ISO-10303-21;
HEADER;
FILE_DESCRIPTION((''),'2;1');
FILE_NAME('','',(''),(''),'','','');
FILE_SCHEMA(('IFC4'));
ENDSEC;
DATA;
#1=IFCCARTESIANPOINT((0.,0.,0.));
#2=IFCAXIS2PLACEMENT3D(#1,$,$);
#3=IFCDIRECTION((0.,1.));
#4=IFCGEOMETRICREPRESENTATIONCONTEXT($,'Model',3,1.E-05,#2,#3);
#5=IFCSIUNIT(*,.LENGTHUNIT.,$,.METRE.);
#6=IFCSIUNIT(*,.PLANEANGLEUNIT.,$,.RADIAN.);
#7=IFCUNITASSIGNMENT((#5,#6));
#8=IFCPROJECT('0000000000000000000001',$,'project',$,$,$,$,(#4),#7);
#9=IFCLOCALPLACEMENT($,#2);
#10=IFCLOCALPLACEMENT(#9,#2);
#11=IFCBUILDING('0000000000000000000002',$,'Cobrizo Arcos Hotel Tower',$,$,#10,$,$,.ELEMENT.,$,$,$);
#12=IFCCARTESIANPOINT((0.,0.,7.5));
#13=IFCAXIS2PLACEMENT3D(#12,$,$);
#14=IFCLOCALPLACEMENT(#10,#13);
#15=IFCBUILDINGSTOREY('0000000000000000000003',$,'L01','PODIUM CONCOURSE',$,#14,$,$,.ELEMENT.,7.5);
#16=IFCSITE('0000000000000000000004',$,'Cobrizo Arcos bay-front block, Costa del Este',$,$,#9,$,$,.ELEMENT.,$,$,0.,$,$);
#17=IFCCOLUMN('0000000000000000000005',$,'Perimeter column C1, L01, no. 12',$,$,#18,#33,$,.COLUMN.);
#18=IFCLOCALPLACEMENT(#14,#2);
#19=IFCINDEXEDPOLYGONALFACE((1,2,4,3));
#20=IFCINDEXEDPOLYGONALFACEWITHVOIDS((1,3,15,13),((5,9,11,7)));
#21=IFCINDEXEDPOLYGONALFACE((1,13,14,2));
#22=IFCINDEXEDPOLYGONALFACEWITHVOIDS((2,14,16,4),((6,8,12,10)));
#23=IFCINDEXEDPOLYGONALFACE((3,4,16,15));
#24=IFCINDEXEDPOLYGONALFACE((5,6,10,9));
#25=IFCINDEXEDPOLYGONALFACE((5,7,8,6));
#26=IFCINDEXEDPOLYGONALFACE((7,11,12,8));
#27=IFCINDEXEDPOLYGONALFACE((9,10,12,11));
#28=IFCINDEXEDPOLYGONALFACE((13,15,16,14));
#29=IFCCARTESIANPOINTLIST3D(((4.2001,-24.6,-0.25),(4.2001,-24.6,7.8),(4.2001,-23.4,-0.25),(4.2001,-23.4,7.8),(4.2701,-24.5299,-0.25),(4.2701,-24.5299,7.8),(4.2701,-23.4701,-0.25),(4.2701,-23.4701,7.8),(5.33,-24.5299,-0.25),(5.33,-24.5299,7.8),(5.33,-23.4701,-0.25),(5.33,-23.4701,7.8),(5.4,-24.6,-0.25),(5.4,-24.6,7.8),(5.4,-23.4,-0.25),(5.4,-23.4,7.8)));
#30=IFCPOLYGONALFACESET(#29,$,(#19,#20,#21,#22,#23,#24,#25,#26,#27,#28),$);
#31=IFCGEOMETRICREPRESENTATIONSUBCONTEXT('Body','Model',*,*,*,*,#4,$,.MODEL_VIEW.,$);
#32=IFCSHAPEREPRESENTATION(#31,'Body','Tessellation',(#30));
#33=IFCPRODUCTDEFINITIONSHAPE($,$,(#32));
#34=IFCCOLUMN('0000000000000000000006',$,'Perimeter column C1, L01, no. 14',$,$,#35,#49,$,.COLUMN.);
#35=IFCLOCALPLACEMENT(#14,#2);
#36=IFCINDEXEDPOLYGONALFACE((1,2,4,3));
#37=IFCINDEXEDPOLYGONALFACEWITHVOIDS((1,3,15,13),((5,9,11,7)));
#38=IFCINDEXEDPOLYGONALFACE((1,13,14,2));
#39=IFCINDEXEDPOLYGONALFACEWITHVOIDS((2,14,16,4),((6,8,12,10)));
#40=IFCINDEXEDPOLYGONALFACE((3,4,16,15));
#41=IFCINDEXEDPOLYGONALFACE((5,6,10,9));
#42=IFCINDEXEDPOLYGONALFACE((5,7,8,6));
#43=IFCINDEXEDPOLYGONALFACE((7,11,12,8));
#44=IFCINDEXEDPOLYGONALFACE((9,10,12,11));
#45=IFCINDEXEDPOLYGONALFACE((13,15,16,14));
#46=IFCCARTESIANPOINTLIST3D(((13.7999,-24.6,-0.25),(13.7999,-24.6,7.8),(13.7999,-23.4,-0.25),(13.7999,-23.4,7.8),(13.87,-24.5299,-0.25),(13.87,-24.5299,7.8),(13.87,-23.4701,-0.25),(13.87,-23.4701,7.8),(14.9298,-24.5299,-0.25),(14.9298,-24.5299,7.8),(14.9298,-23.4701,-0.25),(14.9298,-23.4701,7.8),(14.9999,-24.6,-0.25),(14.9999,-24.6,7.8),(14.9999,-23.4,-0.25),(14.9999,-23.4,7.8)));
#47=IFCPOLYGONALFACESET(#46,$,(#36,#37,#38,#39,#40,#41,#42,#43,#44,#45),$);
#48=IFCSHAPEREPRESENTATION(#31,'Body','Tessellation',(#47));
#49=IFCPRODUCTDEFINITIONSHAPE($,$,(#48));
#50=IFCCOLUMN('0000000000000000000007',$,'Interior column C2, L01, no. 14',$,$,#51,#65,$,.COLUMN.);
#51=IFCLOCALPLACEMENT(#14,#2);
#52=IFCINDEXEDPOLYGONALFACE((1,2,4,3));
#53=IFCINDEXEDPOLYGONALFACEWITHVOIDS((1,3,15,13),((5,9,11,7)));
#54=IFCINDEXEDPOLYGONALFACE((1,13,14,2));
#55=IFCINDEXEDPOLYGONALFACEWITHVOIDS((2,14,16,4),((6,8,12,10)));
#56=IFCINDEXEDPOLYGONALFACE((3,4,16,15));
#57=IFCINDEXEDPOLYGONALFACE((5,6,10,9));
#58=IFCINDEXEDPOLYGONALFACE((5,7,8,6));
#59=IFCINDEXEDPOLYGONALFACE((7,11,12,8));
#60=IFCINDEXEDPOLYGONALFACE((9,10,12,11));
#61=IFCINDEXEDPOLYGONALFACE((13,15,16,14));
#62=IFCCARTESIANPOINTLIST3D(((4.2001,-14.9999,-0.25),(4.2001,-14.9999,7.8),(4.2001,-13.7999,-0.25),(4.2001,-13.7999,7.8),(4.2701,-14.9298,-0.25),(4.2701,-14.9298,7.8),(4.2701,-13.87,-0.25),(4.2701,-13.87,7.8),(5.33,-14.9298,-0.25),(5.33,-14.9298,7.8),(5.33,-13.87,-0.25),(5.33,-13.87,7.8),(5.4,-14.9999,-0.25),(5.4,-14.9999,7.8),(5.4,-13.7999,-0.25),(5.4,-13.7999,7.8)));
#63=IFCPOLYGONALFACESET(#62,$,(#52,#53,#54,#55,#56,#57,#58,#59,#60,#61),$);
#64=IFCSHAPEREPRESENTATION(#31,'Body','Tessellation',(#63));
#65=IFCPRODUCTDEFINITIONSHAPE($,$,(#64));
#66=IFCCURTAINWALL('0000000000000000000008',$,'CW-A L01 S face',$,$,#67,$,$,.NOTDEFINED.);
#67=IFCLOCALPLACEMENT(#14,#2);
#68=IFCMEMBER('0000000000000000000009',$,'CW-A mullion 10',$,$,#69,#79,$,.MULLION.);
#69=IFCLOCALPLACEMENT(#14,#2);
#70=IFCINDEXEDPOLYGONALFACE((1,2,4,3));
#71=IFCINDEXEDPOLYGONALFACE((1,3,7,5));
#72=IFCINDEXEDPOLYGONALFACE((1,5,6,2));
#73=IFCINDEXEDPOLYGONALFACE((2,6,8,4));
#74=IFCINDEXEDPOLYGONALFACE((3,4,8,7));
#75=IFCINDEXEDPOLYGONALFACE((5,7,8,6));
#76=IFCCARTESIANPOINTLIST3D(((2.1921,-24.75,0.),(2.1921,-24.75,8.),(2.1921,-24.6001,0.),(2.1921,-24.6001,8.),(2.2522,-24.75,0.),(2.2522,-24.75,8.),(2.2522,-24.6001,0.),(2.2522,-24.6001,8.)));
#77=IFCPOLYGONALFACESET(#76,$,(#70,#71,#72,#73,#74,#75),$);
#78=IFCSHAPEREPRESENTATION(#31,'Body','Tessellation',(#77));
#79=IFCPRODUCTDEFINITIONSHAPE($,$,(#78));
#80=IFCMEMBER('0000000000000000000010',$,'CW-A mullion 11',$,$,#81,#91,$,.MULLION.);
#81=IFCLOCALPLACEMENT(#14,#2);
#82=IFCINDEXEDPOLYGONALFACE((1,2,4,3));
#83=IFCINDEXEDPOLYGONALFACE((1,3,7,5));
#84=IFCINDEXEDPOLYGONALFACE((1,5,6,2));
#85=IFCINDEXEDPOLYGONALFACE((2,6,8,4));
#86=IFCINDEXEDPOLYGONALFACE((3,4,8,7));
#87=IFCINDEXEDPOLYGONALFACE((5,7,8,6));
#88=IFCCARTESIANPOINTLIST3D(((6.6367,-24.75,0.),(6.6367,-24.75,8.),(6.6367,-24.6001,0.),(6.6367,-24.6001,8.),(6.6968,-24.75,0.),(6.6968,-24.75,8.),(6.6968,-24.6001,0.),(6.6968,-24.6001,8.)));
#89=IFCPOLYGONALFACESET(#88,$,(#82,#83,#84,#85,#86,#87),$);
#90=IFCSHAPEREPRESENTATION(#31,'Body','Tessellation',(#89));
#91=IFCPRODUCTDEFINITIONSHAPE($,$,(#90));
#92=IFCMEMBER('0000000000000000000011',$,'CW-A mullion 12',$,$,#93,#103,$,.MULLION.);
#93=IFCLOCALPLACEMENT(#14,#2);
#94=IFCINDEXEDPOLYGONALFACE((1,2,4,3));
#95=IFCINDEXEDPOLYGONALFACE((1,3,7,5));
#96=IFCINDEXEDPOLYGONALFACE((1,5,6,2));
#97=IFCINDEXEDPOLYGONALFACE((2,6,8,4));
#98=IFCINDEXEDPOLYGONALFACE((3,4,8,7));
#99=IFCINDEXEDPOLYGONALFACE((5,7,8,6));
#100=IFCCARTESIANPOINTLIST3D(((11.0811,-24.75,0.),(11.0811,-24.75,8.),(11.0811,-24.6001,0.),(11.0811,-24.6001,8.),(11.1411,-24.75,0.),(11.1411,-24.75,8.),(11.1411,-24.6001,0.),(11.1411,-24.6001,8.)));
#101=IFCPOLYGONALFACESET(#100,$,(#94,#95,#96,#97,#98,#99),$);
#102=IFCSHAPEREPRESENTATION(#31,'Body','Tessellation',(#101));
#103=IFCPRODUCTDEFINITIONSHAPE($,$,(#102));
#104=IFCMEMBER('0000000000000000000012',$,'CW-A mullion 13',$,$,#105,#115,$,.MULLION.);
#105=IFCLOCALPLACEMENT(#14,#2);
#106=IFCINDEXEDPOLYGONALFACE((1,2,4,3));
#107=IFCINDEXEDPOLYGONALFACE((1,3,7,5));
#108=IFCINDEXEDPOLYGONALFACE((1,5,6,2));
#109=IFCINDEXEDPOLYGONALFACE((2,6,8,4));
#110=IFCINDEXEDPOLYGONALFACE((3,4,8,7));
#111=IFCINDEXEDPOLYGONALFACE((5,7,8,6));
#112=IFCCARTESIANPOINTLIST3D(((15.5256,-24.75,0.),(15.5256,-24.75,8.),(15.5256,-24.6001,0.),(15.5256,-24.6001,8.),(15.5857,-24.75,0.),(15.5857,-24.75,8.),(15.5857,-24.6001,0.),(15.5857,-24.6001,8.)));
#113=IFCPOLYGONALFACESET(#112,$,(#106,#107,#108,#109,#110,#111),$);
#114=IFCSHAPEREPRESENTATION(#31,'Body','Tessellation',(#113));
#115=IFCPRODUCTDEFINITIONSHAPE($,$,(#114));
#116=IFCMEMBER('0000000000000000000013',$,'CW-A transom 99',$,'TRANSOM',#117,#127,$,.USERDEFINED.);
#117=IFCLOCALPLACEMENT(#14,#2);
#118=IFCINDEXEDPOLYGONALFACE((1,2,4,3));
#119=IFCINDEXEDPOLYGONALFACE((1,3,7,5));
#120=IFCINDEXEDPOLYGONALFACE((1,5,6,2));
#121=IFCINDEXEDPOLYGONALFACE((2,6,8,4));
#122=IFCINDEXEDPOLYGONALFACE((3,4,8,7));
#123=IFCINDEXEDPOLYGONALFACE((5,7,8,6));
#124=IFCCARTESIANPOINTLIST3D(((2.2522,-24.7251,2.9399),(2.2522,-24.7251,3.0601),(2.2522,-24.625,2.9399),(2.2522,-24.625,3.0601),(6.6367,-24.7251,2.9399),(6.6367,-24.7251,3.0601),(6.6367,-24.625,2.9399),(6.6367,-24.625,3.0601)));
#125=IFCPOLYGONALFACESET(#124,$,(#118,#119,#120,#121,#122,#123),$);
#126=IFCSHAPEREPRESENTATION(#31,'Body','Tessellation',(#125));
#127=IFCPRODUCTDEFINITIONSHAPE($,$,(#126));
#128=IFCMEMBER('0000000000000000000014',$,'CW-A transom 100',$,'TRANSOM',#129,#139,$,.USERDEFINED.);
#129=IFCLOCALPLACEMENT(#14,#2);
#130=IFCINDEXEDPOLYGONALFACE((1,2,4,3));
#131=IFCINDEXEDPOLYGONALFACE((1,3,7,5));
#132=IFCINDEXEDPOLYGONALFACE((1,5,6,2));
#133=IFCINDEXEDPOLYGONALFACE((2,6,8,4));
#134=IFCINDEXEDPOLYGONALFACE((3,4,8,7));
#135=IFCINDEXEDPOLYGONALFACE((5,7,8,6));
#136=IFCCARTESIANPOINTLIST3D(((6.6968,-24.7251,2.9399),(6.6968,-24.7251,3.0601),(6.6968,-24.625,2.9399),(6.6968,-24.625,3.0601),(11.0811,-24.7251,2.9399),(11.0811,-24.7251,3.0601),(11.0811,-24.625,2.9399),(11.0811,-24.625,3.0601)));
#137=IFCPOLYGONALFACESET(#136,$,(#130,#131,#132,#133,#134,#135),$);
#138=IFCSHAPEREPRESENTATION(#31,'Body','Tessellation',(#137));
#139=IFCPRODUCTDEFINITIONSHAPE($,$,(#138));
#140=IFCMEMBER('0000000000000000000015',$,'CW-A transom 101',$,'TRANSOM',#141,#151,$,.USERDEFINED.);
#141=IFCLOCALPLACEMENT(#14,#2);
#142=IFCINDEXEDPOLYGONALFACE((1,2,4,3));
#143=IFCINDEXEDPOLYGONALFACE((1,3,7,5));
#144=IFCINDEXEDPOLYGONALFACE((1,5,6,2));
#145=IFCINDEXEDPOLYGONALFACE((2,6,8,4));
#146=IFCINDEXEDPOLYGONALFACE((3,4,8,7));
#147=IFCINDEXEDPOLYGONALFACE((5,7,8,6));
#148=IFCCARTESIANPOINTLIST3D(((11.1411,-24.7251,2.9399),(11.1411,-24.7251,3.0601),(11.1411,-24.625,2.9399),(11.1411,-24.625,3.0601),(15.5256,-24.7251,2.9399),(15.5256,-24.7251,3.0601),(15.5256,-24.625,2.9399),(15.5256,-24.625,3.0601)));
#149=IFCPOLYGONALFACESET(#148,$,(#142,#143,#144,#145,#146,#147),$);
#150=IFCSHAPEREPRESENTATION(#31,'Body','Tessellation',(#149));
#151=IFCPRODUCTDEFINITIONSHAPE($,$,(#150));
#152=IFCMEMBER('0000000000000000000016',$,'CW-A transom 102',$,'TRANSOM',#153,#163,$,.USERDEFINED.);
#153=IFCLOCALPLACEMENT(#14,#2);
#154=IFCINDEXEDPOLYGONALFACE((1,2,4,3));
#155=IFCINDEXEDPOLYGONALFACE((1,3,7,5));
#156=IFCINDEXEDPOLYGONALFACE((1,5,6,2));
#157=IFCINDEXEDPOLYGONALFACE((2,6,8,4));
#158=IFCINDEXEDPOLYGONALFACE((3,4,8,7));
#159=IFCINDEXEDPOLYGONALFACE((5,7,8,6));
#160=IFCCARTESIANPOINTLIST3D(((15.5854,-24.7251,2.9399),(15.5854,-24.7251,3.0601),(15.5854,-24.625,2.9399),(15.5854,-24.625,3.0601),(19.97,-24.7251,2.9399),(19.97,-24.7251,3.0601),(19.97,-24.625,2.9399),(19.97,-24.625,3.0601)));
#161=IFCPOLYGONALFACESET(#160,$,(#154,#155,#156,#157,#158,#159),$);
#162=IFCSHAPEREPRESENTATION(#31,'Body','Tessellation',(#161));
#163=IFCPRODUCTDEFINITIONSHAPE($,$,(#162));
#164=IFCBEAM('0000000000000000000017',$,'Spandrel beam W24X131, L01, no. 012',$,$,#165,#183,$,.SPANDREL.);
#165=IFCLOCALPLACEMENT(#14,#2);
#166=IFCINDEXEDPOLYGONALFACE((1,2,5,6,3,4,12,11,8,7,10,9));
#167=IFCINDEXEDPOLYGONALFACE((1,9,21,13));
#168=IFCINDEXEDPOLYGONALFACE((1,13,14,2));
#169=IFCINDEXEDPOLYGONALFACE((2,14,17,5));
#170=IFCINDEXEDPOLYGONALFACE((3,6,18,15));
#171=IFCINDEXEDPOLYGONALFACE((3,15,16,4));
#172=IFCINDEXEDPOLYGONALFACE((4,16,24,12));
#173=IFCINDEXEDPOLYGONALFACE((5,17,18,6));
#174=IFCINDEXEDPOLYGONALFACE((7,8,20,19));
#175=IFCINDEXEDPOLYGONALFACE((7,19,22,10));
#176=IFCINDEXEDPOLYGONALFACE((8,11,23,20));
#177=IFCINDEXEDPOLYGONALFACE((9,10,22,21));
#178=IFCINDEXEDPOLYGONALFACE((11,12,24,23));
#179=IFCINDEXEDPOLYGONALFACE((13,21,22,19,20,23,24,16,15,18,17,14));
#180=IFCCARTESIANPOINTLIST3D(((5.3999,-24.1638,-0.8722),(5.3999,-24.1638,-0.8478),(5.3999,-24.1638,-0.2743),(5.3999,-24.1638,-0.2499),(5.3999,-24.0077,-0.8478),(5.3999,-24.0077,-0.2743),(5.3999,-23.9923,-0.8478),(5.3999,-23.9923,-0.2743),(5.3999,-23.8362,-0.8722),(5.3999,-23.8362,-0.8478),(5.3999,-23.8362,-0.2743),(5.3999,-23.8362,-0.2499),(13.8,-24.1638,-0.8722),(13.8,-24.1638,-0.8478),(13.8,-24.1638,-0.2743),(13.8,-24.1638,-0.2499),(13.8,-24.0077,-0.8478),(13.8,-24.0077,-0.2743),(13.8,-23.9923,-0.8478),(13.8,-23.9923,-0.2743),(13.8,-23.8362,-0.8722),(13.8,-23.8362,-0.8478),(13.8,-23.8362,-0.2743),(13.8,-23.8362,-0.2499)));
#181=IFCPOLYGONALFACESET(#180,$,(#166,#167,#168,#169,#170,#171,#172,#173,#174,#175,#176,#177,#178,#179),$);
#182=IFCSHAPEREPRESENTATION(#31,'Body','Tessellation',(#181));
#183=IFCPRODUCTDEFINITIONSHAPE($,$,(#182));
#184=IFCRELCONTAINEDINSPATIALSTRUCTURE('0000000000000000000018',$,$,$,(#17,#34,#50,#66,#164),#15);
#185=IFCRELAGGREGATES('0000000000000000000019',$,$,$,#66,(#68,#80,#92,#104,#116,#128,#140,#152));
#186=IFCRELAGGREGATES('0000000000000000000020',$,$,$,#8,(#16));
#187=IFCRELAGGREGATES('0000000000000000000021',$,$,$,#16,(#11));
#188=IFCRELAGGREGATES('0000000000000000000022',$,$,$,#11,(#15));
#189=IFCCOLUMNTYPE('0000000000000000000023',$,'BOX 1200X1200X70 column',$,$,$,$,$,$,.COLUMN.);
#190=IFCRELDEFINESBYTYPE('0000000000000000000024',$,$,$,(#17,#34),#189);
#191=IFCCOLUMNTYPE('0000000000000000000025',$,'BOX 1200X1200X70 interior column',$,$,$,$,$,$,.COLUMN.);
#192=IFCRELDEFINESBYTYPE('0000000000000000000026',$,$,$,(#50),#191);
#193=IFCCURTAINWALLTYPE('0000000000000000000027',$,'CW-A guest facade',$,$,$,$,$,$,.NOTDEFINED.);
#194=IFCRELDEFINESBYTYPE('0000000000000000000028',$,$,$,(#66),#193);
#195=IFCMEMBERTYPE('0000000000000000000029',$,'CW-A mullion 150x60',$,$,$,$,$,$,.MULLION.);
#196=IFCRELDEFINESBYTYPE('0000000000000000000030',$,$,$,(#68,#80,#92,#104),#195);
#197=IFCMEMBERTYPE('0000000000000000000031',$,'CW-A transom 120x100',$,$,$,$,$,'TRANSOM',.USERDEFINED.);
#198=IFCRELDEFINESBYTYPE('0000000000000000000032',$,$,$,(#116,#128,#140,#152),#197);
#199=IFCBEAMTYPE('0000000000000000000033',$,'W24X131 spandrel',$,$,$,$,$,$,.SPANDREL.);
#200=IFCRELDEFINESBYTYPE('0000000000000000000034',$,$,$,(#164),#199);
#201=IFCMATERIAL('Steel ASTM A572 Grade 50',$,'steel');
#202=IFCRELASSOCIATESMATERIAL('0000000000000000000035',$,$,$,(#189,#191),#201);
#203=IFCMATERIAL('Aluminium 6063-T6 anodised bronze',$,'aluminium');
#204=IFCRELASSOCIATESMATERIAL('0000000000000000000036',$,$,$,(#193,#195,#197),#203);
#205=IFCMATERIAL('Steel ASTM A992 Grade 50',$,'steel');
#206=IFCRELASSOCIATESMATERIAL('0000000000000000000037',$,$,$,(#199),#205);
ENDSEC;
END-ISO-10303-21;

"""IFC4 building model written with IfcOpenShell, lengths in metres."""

from ifc_helpers import new_model, si_unit, direction, frame, origin, origin_2d, place, context, subcontext, project, spatial, rectangle, hollow_rectangle, i_section, extrude, material, material_profile, profile_set, type_object, element, aggregate, save


model = new_model("IFC4")

# Units and contexts
model_context = context("Model", 3, precision=1e-05, world=origin(), true_north=direction((0.0, 1.0)))
body_context = subcontext(model_context, "Body", "Model", "MODEL_VIEW")
ifc_project = project(units=[si_unit("LENGTHUNIT", "METRE"), si_unit("PLANEANGLEUNIT", "RADIAN")], contexts=[model_context])

# Site, building, storey
site_placement = place(None, origin())
site = spatial("IfcSite", under=ifc_project, at=site_placement, Name="Cobrizo Arcos bay-front block, Costa del Este", CompositionType="ELEMENT", RefElevation=0.0)
building_placement = place(site_placement, origin())
building = spatial("IfcBuilding", under=site, at=building_placement, Name="Cobrizo Arcos Hotel Tower", CompositionType="ELEMENT")
storey_placement = place(building_placement, frame((0.0, 0.0, 7.5)))
storey = spatial("IfcBuildingStorey", under=building, at=storey_placement, Name="L01", Description="PODIUM CONCOURSE", CompositionType="ELEMENT", Elevation=7.5)

# Columns
ifc_material_1 = material(Name="Steel ASTM A572 Grade 50", Category="steel")
ifc_material_profile_1 = material_profile(ifc_material_1, hollow_rectangle(XDim=1.2, YDim=1.2, WallThickness=0.0701, at=origin_2d()), Name="BOX 1200X1200X70")
ifc_profile_set_1 = profile_set([ifc_material_profile_1], Name="Steel ASTM A572 Grade 50")
column_type_1 = type_object("IfcColumnType", Name="BOX 1200X1200X70 column", PredefinedType="COLUMN", material=ifc_profile_set_1)
for number, where, z_axis, x_axis, name in (
    (1, (4.8, -24.0, -0.25), (0.0, 0.0, 1.0), (1.0, 0.0, 0.0), "Perimeter column C1, L01, no. 12"),
    (2, (14.3999, -24.0, -0.25), (0.0, 0.0, 1.0), (1.0, 0.0, 0.0), "Perimeter column C1, L01, no. 14"),
):
    element("IfcColumn", number, at=place(storey_placement, frame(where, z_axis=z_axis, x_axis=x_axis)), inside=storey, type_object=column_type_1, Name=name, PredefinedType="COLUMN", context=body_context, shape_type="SweptSolid", body=[
        extrude(hollow_rectangle(XDim=1.2, YDim=1.2, WallThickness=0.0701, at=origin_2d()), origin(), (0.0, 0.0, 1.0), 8.05),
    ])
ifc_material_profile_2 = material_profile(ifc_material_1, hollow_rectangle(XDim=1.2, YDim=1.2, WallThickness=0.0701, at=origin_2d()), Name="BOX 1200X1200X70")
ifc_profile_set_2 = profile_set([ifc_material_profile_2], Name="Steel ASTM A572 Grade 50")
column_type_2 = type_object("IfcColumnType", Name="BOX 1200X1200X70 interior column", PredefinedType="COLUMN", material=ifc_profile_set_2)
column_placement = place(storey_placement, frame((4.8, -14.3999, -0.25), z_axis=(0.0, 0.0, 1.0), x_axis=(1.0, 0.0, 0.0)))
element("IfcColumn", 3, at=column_placement, inside=storey, type_object=column_type_2, Name="Interior column C2, L01, no. 14", PredefinedType="COLUMN", context=body_context, shape_type="SweptSolid", body=[
    extrude(hollow_rectangle(XDim=1.2, YDim=1.2, WallThickness=0.0701, at=origin_2d()), origin(), (0.0, 0.0, 1.0), 8.05),
])

# Curtain wall, members
ifc_material_2 = material(Name="Aluminium 6063-T6 anodised bronze", Category="aluminium")
curtain_wall_type = type_object("IfcCurtainWallType", Name="CW-A guest facade", PredefinedType="NOTDEFINED", material=ifc_material_2)
curtain_wall_placement = place(storey_placement, origin())
curtain_wall = element("IfcCurtainWall", 4, at=curtain_wall_placement, inside=storey, type_object=curtain_wall_type, Name="CW-A L01 S face", PredefinedType="NOTDEFINED")
ifc_material_profile_3 = material_profile(ifc_material_2, rectangle(XDim=0.1499, YDim=0.0601, at=origin_2d()), Name="CW-A mullion 150x60")
ifc_profile_set_3 = profile_set([ifc_material_profile_3], Name="Aluminium 6063-T6 anodised bronze")
member_type_1 = type_object("IfcMemberType", Name="CW-A mullion 150x60", PredefinedType="MULLION", material=ifc_profile_set_3)
member_1_placement = place(storey_placement, frame((2.2222, -24.675, 0.0), z_axis=(0.0, 0.0, 1.0), x_axis=(0.0, -1.0, 0.0)))
member_1 = element("IfcMember", 5, at=member_1_placement, type_object=member_type_1, Name="CW-A mullion 10", PredefinedType="MULLION", context=body_context, shape_type="SweptSolid", body=[
    extrude(rectangle(XDim=0.1499, YDim=0.0601, at=origin_2d()), origin(), (0.0, 0.0, 1.0), 8.0),
])
member_2_placement = place(storey_placement, frame((6.6667, -24.675, 0.0), z_axis=(0.0, 0.0, 1.0), x_axis=(0.0, -1.0, 0.0)))
member_2 = element("IfcMember", 6, at=member_2_placement, type_object=member_type_1, Name="CW-A mullion 11", PredefinedType="MULLION", context=body_context, shape_type="SweptSolid", body=[
    extrude(rectangle(XDim=0.1499, YDim=0.0601, at=origin_2d()), origin(), (0.0, 0.0, 1.0), 8.0),
])
member_3_placement = place(storey_placement, frame((11.1111, -24.675, 0.0), z_axis=(0.0, 0.0, 1.0), x_axis=(0.0, -1.0, 0.0)))
member_3 = element("IfcMember", 7, at=member_3_placement, type_object=member_type_1, Name="CW-A mullion 12", PredefinedType="MULLION", context=body_context, shape_type="SweptSolid", body=[
    extrude(rectangle(XDim=0.1499, YDim=0.0601, at=origin_2d()), origin(), (0.0, 0.0, 1.0), 8.0),
])
member_4_placement = place(storey_placement, frame((15.5557, -24.675, 0.0), z_axis=(0.0, 0.0, 1.0), x_axis=(0.0, -1.0, 0.0)))
member_4 = element("IfcMember", 8, at=member_4_placement, type_object=member_type_1, Name="CW-A mullion 13", PredefinedType="MULLION", context=body_context, shape_type="SweptSolid", body=[
    extrude(rectangle(XDim=0.1499, YDim=0.0601, at=origin_2d()), origin(), (0.0, 0.0, 1.0), 8.0),
])
ifc_material_profile_4 = material_profile(ifc_material_2, rectangle(XDim=0.1001, YDim=0.1201, at=origin_2d()), Name="CW-A transom 120x100")
ifc_profile_set_4 = profile_set([ifc_material_profile_4], Name="Aluminium 6063-T6 anodised bronze")
member_type_2 = type_object("IfcMemberType", Name="CW-A transom 120x100", ElementType="TRANSOM", PredefinedType="USERDEFINED", material=ifc_profile_set_4)
member_5_placement = place(storey_placement, frame((2.2522, -24.675, 3.0), z_axis=(1.0, 0.0, 0.0), x_axis=(0.0, 1.0, 0.0)))
member_5 = element("IfcMember", 9, at=member_5_placement, type_object=member_type_2, Name="CW-A transom 99", ObjectType="TRANSOM", PredefinedType="USERDEFINED", context=body_context, shape_type="SweptSolid", body=[
    extrude(rectangle(XDim=0.1001, YDim=0.1201, at=origin_2d()), origin(), (0.0, 0.0, 1.0), 4.3845),
])
member_6_placement = place(storey_placement, frame((6.6968, -24.675, 3.0), z_axis=(1.0, 0.0, 0.0), x_axis=(0.0, 1.0, 0.0)))
member_6 = element("IfcMember", 10, at=member_6_placement, type_object=member_type_2, Name="CW-A transom 100", ObjectType="TRANSOM", PredefinedType="USERDEFINED", context=body_context, shape_type="SweptSolid", body=[
    extrude(rectangle(XDim=0.1001, YDim=0.1201, at=origin_2d()), origin(), (0.0, 0.0, 1.0), 4.3843),
])
member_7_placement = place(storey_placement, frame((11.1411, -24.675, 3.0), z_axis=(1.0, 0.0, 0.0), x_axis=(0.0, 1.0, 0.0)))
member_7 = element("IfcMember", 11, at=member_7_placement, type_object=member_type_2, Name="CW-A transom 101", ObjectType="TRANSOM", PredefinedType="USERDEFINED", context=body_context, shape_type="SweptSolid", body=[
    extrude(rectangle(XDim=0.1001, YDim=0.1201, at=origin_2d()), origin(), (0.0, 0.0, 1.0), 4.3845),
])
member_8_placement = place(storey_placement, frame((15.5854, -24.675, 3.0), z_axis=(1.0, 0.0, 0.0), x_axis=(0.0, 1.0, 0.0)))
member_8 = element("IfcMember", 12, at=member_8_placement, type_object=member_type_2, Name="CW-A transom 102", ObjectType="TRANSOM", PredefinedType="USERDEFINED", context=body_context, shape_type="SweptSolid", body=[
    extrude(rectangle(XDim=0.1001, YDim=0.1201, at=origin_2d()), origin(), (0.0, 0.0, 1.0), 4.3845),
])

# Beam
ifc_material_3 = material(Name="Steel ASTM A992 Grade 50", Category="steel")
ifc_material_profile_5 = material_profile(ifc_material_3, i_section(OverallWidth=0.3276, OverallDepth=0.6223, WebThickness=0.0154, FlangeThickness=0.0244, at=origin_2d()), Name="W24X131")
ifc_profile_set_5 = profile_set([ifc_material_profile_5], Name="Steel ASTM A992 Grade 50")
beam_type_1 = type_object("IfcBeamType", Name="W24X131 spandrel", PredefinedType="SPANDREL", material=ifc_profile_set_5)
beam_1_placement = place(storey_placement, frame((5.3999, -24.0, -0.561), z_axis=(1.0, 0.0, 0.0), x_axis=(0.0, 1.0, 0.0)))
element("IfcBeam", 13, at=beam_1_placement, inside=storey, type_object=beam_type_1, Name="Spandrel beam W24X131, L01, no. 012", PredefinedType="SPANDREL", context=body_context, shape_type="SweptSolid", body=[
    extrude(i_section(OverallWidth=0.3276, OverallDepth=0.6223, WebThickness=0.0154, FlangeThickness=0.0244, at=origin_2d()), origin(), (0.0, 0.0, 1.0), 8.4001),
])

aggregate(curtain_wall, [member_1, member_2, member_3, member_4, member_5, member_6, member_7, member_8])

save(model, "model.ifc")
